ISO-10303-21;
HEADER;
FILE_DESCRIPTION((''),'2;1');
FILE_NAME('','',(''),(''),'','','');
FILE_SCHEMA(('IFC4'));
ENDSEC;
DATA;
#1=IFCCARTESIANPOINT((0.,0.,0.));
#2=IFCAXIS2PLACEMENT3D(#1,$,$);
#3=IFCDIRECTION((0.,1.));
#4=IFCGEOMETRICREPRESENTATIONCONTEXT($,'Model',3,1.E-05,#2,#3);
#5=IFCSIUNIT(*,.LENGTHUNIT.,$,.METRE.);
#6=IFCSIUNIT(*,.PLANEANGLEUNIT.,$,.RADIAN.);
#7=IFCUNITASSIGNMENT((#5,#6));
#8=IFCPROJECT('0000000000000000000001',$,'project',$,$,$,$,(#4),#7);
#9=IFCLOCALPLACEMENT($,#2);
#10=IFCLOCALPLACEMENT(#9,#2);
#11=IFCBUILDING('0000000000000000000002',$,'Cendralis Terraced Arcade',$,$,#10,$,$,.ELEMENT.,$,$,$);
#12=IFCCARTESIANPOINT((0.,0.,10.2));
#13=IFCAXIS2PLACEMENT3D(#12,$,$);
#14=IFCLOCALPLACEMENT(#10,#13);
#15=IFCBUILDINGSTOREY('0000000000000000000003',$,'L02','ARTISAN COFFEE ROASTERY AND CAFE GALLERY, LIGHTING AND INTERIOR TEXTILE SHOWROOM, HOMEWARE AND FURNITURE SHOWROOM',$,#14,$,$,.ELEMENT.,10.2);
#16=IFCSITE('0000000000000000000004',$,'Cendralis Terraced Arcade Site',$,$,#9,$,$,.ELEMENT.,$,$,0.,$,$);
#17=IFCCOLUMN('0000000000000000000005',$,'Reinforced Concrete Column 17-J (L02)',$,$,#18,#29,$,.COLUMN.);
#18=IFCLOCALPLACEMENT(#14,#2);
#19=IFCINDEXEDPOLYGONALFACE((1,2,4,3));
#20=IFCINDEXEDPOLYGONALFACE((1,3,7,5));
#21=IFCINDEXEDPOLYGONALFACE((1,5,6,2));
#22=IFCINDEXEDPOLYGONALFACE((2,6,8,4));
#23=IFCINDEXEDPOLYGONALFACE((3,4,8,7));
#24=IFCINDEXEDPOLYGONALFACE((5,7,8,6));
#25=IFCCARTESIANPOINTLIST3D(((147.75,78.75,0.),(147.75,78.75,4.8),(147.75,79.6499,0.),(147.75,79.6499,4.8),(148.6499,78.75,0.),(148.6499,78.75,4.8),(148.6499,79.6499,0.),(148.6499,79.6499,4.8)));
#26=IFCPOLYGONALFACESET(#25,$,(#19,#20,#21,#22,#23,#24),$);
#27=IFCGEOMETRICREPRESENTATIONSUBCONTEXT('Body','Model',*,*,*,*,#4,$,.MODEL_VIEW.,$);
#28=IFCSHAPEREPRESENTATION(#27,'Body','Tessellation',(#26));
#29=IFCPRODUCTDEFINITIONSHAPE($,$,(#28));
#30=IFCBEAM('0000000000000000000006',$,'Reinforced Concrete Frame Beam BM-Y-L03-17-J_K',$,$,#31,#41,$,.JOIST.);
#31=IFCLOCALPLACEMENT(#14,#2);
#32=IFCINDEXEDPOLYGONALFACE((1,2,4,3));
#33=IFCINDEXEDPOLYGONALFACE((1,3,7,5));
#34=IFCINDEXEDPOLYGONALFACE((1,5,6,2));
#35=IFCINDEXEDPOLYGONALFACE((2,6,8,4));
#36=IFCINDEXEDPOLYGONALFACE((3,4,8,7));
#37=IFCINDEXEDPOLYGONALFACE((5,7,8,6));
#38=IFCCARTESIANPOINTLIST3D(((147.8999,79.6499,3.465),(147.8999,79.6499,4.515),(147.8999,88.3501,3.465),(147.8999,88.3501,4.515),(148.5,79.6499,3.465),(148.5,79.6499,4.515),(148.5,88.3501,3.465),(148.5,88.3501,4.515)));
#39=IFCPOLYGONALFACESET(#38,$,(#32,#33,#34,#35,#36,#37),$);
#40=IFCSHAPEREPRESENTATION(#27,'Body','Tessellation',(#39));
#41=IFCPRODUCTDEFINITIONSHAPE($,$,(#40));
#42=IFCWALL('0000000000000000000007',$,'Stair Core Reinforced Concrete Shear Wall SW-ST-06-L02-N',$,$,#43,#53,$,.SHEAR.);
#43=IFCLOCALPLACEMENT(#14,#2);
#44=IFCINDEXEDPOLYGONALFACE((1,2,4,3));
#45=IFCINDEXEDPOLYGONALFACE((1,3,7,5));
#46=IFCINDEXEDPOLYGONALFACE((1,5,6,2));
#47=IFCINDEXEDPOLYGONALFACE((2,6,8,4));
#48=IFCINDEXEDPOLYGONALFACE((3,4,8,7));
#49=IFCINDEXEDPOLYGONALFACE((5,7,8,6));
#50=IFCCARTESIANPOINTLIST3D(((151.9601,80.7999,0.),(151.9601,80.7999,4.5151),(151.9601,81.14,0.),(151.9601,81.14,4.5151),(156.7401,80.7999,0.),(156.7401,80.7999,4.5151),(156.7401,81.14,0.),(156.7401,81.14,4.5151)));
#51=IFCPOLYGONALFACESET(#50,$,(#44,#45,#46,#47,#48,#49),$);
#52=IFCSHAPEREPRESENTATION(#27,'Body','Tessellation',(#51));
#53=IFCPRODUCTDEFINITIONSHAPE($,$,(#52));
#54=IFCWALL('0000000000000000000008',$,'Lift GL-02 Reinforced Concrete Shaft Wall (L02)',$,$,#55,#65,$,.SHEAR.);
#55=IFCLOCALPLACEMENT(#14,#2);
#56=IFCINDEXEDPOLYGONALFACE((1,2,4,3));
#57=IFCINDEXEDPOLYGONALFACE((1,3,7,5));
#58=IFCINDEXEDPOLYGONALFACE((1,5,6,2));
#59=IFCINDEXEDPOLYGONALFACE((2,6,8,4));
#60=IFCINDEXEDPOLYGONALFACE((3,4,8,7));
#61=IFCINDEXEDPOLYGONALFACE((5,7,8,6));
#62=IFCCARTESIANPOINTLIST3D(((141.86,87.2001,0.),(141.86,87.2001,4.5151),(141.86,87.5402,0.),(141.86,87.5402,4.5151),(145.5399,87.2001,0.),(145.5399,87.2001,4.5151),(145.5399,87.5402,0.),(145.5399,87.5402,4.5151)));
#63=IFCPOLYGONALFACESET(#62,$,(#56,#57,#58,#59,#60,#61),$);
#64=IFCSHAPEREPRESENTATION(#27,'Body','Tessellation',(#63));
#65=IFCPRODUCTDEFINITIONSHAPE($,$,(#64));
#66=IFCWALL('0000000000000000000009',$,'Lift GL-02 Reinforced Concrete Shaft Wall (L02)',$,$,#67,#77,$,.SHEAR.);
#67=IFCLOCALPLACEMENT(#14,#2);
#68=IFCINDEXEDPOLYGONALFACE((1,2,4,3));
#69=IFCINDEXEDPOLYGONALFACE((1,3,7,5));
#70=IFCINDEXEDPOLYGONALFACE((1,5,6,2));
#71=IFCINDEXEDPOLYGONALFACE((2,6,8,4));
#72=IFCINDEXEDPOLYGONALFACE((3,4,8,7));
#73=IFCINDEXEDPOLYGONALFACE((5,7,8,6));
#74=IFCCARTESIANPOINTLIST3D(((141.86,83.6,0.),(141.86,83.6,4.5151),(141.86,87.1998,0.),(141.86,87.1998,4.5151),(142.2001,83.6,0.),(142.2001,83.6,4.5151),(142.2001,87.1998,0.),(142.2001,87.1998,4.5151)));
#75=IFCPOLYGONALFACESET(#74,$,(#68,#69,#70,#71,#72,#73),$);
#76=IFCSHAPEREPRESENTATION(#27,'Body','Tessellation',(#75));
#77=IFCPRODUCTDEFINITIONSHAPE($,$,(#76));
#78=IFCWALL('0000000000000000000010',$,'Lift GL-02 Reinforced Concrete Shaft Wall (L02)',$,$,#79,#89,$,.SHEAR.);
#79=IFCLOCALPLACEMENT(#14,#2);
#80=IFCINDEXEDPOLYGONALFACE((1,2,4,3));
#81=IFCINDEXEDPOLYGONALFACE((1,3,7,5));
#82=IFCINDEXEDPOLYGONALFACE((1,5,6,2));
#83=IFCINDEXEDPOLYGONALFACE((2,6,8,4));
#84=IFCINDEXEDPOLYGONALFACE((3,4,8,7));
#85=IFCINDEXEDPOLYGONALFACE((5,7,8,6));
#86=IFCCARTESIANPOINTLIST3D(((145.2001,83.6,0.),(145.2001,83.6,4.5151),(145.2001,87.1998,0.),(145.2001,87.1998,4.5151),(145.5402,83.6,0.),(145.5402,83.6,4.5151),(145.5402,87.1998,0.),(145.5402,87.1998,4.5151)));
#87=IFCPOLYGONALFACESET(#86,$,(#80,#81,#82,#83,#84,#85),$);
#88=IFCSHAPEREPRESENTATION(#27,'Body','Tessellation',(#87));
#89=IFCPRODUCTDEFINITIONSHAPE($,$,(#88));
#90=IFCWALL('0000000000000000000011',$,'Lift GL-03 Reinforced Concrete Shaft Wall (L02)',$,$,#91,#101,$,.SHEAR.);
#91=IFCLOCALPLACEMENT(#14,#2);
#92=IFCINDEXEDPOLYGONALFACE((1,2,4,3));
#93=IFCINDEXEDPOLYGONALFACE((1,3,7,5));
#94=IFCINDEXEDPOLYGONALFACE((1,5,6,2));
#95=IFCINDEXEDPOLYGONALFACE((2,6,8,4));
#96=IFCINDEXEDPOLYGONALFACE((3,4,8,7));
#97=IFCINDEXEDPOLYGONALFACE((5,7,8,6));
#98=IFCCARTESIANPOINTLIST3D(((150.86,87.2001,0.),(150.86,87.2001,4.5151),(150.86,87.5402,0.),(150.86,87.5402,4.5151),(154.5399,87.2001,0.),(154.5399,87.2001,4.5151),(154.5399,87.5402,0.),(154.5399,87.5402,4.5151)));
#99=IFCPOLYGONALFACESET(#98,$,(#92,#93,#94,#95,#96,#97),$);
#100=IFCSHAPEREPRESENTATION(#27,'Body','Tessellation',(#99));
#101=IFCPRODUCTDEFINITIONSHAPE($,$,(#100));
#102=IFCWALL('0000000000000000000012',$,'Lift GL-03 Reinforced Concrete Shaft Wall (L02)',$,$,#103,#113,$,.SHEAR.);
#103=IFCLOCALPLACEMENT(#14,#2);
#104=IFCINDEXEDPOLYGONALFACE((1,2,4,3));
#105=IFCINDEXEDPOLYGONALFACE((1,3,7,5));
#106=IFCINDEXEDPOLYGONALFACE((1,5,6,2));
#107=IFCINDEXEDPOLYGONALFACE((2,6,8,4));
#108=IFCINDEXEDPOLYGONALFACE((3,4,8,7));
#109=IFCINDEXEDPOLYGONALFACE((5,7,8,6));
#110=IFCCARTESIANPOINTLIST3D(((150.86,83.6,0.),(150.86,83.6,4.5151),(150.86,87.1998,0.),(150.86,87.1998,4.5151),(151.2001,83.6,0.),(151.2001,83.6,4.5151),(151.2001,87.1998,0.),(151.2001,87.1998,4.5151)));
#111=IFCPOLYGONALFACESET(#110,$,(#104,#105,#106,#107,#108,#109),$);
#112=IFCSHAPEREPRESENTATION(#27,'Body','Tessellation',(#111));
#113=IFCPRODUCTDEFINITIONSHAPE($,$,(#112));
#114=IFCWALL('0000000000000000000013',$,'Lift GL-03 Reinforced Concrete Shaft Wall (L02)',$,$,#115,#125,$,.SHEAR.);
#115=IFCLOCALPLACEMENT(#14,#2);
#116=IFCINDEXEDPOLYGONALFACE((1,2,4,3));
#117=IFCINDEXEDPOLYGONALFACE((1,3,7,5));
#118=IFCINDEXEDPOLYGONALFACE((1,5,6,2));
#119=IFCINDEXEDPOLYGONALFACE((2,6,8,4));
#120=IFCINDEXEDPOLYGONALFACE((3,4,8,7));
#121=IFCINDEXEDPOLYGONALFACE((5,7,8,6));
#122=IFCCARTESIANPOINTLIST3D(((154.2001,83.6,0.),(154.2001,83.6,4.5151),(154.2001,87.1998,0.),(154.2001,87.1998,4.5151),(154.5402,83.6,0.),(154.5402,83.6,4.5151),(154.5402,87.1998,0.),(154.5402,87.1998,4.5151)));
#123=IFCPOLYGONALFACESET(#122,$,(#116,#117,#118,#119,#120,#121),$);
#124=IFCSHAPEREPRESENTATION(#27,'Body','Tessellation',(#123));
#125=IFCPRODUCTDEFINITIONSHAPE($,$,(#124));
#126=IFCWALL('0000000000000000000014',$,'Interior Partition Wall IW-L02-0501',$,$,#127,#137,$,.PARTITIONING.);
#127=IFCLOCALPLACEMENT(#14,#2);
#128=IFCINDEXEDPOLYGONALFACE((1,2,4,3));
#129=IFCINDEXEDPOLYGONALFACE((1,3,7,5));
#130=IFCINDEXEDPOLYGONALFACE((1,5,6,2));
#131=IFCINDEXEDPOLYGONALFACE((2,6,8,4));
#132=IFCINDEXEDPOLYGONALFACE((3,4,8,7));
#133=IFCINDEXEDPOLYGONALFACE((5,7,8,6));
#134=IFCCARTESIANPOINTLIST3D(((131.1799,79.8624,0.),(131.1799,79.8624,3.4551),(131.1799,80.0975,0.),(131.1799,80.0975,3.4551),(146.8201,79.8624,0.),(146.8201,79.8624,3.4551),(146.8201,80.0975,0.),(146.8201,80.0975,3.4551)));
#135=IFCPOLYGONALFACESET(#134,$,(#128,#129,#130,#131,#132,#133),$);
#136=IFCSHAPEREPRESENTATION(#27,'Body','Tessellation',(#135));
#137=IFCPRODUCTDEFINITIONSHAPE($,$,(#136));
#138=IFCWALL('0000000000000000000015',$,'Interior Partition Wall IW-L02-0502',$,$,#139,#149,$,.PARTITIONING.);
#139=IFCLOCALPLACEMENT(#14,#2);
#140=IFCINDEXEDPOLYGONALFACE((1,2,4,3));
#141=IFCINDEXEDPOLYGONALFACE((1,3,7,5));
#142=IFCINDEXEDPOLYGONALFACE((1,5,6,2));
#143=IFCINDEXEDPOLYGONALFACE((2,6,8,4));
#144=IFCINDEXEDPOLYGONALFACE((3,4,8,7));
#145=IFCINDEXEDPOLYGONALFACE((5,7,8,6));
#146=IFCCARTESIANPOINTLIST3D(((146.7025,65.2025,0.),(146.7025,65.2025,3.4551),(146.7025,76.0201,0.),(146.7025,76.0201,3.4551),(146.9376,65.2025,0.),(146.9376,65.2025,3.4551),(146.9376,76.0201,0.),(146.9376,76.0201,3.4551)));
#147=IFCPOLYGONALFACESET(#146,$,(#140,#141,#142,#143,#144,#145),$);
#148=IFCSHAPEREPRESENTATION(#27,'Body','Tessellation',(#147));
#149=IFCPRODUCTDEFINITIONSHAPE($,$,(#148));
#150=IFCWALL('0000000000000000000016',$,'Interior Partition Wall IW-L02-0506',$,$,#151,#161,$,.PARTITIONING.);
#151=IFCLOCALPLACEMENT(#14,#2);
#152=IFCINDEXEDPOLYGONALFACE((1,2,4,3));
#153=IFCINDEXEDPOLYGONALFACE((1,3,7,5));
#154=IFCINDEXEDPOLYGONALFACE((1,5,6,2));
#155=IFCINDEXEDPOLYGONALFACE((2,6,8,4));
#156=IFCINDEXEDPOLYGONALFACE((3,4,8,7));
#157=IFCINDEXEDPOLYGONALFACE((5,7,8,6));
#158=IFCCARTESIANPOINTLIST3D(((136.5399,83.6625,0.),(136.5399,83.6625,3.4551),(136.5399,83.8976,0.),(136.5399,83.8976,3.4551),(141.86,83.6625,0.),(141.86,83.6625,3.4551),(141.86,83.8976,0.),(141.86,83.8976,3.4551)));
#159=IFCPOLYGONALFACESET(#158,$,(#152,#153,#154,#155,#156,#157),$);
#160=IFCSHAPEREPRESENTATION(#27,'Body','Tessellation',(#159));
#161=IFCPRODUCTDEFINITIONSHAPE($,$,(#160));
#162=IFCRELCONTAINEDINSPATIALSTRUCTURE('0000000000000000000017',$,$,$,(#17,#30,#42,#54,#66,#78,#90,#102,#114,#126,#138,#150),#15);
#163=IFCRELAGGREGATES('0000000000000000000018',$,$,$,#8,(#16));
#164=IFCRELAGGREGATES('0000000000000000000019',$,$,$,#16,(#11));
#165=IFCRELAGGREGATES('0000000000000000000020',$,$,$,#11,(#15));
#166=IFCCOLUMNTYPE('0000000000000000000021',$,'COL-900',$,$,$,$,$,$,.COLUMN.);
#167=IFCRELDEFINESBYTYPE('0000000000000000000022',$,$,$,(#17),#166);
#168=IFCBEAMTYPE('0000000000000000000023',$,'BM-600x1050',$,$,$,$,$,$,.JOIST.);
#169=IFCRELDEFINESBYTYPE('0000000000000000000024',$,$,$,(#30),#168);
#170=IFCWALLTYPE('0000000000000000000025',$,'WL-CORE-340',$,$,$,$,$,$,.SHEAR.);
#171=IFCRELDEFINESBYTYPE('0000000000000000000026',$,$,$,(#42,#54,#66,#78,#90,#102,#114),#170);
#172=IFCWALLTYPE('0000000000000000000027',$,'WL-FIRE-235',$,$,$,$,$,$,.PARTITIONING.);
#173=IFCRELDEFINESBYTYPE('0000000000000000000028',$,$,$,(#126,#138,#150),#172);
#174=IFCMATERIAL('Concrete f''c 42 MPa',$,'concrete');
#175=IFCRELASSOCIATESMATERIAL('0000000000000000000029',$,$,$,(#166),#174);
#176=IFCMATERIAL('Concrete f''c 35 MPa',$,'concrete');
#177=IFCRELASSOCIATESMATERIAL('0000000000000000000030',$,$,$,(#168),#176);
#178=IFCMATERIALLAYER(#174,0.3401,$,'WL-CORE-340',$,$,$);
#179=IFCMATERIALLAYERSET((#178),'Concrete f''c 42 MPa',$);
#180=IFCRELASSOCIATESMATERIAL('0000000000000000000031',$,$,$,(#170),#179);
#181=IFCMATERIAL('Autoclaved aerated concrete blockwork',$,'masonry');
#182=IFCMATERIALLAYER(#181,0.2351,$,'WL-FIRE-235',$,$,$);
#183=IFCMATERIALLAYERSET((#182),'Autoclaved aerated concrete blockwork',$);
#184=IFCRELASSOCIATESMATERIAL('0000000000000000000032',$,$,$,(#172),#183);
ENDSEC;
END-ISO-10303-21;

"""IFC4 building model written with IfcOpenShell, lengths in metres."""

from ifc_helpers import new_model, si_unit, direction, frame, frame_2d, origin, origin_2d, place, context, subcontext, project, spatial, rectangle, extrude, material, layer, layer_set, material_profile, profile_set, type_object, element, save


model = new_model("IFC4")

# Units and contexts
model_context = context("Model", 3, precision=1e-05, world=origin(), true_north=direction((0.0, 1.0)))
body_context = subcontext(model_context, "Body", "Model", "MODEL_VIEW")
ifc_project = project(units=[si_unit("LENGTHUNIT", "METRE"), si_unit("PLANEANGLEUNIT", "RADIAN")], contexts=[model_context])

# Site, building, storey
site_placement = place(None, origin())
site = spatial("IfcSite", under=ifc_project, at=site_placement, Name="Cendralis Terraced Arcade Site", CompositionType="ELEMENT", RefElevation=0.0)
building_placement = place(site_placement, origin())
building = spatial("IfcBuilding", under=site, at=building_placement, Name="Cendralis Terraced Arcade", CompositionType="ELEMENT")
storey_placement = place(building_placement, frame((0.0, 0.0, 10.2)))
storey = spatial("IfcBuildingStorey", under=building, at=storey_placement, Name="L02", Description="ARTISAN COFFEE ROASTERY AND CAFE GALLERY, LIGHTING AND INTERIOR TEXTILE SHOWROOM, HOMEWARE AND FURNITURE SHOWROOM", CompositionType="ELEMENT", Elevation=10.2)

# Column
ifc_material_1 = material(Name="Concrete f'c 42 MPa", Category="concrete")
ifc_material_profile_1 = material_profile(ifc_material_1, rectangle(XDim=0.8999, YDim=0.8999, at=origin_2d()), Name="RC-COL-900x900", Category="LoadBearing")
ifc_profile_set_1 = profile_set([ifc_material_profile_1], Name="Concrete f'c 42 MPa")
column_type = type_object("IfcColumnType", Name="COL-900", PredefinedType="COLUMN", material=ifc_profile_set_1)
column_placement = place(storey_placement, frame((148.2, 79.2, 0.0), z_axis=(0.0, 0.0, 1.0), x_axis=(1.0, 0.0, 0.0)))
element("IfcColumn", 1, at=column_placement, inside=storey, type_object=column_type, Name="Reinforced Concrete Column 17-J (L02)", PredefinedType="COLUMN", context=body_context, shape_type="SweptSolid", body=[
    extrude(rectangle(XDim=0.8999, YDim=0.8999, at=origin_2d()), origin(), (0.0, 0.0, 1.0), 4.8),
])

# Beam
ifc_material_2 = material(Name="Concrete f'c 35 MPa", Category="concrete")
ifc_material_profile_2 = material_profile(ifc_material_2, rectangle(XDim=0.6001, YDim=1.05, at=origin_2d()), Name="RC-BM-600x1050", Category="LoadBearing")
ifc_profile_set_2 = profile_set([ifc_material_profile_2], Name="Concrete f'c 35 MPa")
beam_type = type_object("IfcBeamType", Name="BM-600x1050", PredefinedType="JOIST", material=ifc_profile_set_2)
beam_placement = place(storey_placement, frame((148.2, 79.6499, 3.99), z_axis=(0.0, 1.0, 0.0), x_axis=(-1.0, 0.0, 0.0)))
element("IfcBeam", 2, at=beam_placement, inside=storey, type_object=beam_type, Name="Reinforced Concrete Frame Beam BM-Y-L03-17-J_K", PredefinedType="JOIST", context=body_context, shape_type="SweptSolid", body=[
    extrude(rectangle(XDim=0.6001, YDim=1.05, at=origin_2d()), origin(), (0.0, 0.0, 1.0), 8.7002),
])

# Wall
ifc_layer_1 = layer(ifc_material_1, 0.3401, Name="WL-CORE-340")
ifc_layer_set_1 = layer_set([ifc_layer_1], Name="Concrete f'c 42 MPa")
wall_type_1 = type_object("IfcWallType", Name="WL-CORE-340", PredefinedType="SHEAR", material=ifc_layer_set_1)
wall_1_placement = place(storey_placement, frame((151.96, 80.97, 0.0), z_axis=(0.0, 0.0, 1.0), x_axis=(1.0, 0.0, 0.0)))
element("IfcWall", 3, at=wall_1_placement, inside=storey, type_object=wall_type_1, Name="Stair Core Reinforced Concrete Shear Wall SW-ST-06-L02-N", PredefinedType="SHEAR", context=body_context, shape_type="SweptSolid", body=[
    extrude(rectangle(XDim=4.78, YDim=0.3401, at=frame_2d((2.3901, 0.0))), origin(), (0.0, 0.0, 1.0), 4.5151),
])

# Walls
wall_2_placement = place(storey_placement, frame((141.8601, 87.3701, 0.0), z_axis=(0.0, 0.0, 1.0), x_axis=(1.0, 0.0, 0.0)))
element("IfcWall", 4, at=wall_2_placement, inside=storey, type_object=wall_type_1, Name="Lift GL-02 Reinforced Concrete Shaft Wall (L02)", PredefinedType="SHEAR", context=body_context, shape_type="SweptSolid", body=[
    extrude(rectangle(XDim=3.6799, YDim=0.3401, at=frame_2d((1.8398, 0.0))), origin(), (0.0, 0.0, 1.0), 4.5151),
])
for number, where, z_axis, x_axis, name in (
    (5, (142.03, 83.6001, 0.0), (0.0, 0.0, 1.0), (0.0, 1.0, 0.0), "Lift GL-02 Reinforced Concrete Shaft Wall (L02)"),
    (6, (145.3701, 83.6001, 0.0), (0.0, 0.0, 1.0), (0.0, 1.0, 0.0), "Lift GL-02 Reinforced Concrete Shaft Wall (L02)"),
):
    element("IfcWall", number, at=place(storey_placement, frame(where, z_axis=z_axis, x_axis=x_axis)), inside=storey, type_object=wall_type_1, Name=name, PredefinedType="SHEAR", context=body_context, shape_type="SweptSolid", body=[
        extrude(rectangle(XDim=3.5999, YDim=0.3401, at=frame_2d((1.7998, 0.0))), origin(), (0.0, 0.0, 1.0), 4.5151),
    ])

# Walls
wall_3_placement = place(storey_placement, frame((150.8601, 87.3701, 0.0), z_axis=(0.0, 0.0, 1.0), x_axis=(1.0, 0.0, 0.0)))
element("IfcWall", 7, at=wall_3_placement, inside=storey, type_object=wall_type_1, Name="Lift GL-03 Reinforced Concrete Shaft Wall (L02)", PredefinedType="SHEAR", context=body_context, shape_type="SweptSolid", body=[
    extrude(rectangle(XDim=3.6799, YDim=0.3401, at=frame_2d((1.8398, 0.0))), origin(), (0.0, 0.0, 1.0), 4.5151),
])
for number, where, z_axis, x_axis, name in (
    (8, (151.03, 83.6001, 0.0), (0.0, 0.0, 1.0), (0.0, 1.0, 0.0), "Lift GL-03 Reinforced Concrete Shaft Wall (L02)"),
    (9, (154.3701, 83.6001, 0.0), (0.0, 0.0, 1.0), (0.0, 1.0, 0.0), "Lift GL-03 Reinforced Concrete Shaft Wall (L02)"),
):
    element("IfcWall", number, at=place(storey_placement, frame(where, z_axis=z_axis, x_axis=x_axis)), inside=storey, type_object=wall_type_1, Name=name, PredefinedType="SHEAR", context=body_context, shape_type="SweptSolid", body=[
        extrude(rectangle(XDim=3.5999, YDim=0.3401, at=frame_2d((1.7998, 0.0))), origin(), (0.0, 0.0, 1.0), 4.5151),
    ])
ifc_material_3 = material(Name="Autoclaved aerated concrete blockwork", Category="masonry")
ifc_layer_2 = layer(ifc_material_3, 0.2351, Name="WL-FIRE-235")
ifc_layer_set_2 = layer_set([ifc_layer_2], Name="Autoclaved aerated concrete blockwork")
wall_type_2 = type_object("IfcWallType", Name="WL-FIRE-235", PredefinedType="PARTITIONING", material=ifc_layer_set_2)
wall_4_placement = place(storey_placement, frame((146.8201, 79.98, 0.0), z_axis=(0.0, 0.0, 1.0), x_axis=(-1.0, 0.0, 0.0)))
element("IfcWall", 10, at=wall_4_placement, inside=storey, type_object=wall_type_2, Name="Interior Partition Wall IW-L02-0501", PredefinedType="PARTITIONING", context=body_context, shape_type="SweptSolid", body=[
    extrude(rectangle(XDim=15.6401, YDim=0.2351, at=frame_2d((7.8201, 0.0))), origin(), (0.0, 0.0, 1.0), 3.4551),
])
wall_5_placement = place(storey_placement, frame((146.8201, 76.02, 0.0), z_axis=(0.0, 0.0, 1.0), x_axis=(0.0, -1.0, 0.0)))
element("IfcWall", 11, at=wall_5_placement, inside=storey, type_object=wall_type_2, Name="Interior Partition Wall IW-L02-0502", PredefinedType="PARTITIONING", context=body_context, shape_type="SweptSolid", body=[
    extrude(rectangle(XDim=10.8176, YDim=0.2351, at=frame_2d((5.4087, 0.0))), origin(), (0.0, 0.0, 1.0), 3.4551),
])
wall_6_placement = place(storey_placement, frame((141.8601, 83.78, 0.0), z_axis=(0.0, 0.0, 1.0), x_axis=(-1.0, 0.0, 0.0)))
element("IfcWall", 12, at=wall_6_placement, inside=storey, type_object=wall_type_2, Name="Interior Partition Wall IW-L02-0506", PredefinedType="PARTITIONING", context=body_context, shape_type="SweptSolid", body=[
    extrude(rectangle(XDim=5.3201, YDim=0.2351, at=frame_2d((2.6602, 0.0))), origin(), (0.0, 0.0, 1.0), 3.4551),
])

save(model, "model.ifc")
